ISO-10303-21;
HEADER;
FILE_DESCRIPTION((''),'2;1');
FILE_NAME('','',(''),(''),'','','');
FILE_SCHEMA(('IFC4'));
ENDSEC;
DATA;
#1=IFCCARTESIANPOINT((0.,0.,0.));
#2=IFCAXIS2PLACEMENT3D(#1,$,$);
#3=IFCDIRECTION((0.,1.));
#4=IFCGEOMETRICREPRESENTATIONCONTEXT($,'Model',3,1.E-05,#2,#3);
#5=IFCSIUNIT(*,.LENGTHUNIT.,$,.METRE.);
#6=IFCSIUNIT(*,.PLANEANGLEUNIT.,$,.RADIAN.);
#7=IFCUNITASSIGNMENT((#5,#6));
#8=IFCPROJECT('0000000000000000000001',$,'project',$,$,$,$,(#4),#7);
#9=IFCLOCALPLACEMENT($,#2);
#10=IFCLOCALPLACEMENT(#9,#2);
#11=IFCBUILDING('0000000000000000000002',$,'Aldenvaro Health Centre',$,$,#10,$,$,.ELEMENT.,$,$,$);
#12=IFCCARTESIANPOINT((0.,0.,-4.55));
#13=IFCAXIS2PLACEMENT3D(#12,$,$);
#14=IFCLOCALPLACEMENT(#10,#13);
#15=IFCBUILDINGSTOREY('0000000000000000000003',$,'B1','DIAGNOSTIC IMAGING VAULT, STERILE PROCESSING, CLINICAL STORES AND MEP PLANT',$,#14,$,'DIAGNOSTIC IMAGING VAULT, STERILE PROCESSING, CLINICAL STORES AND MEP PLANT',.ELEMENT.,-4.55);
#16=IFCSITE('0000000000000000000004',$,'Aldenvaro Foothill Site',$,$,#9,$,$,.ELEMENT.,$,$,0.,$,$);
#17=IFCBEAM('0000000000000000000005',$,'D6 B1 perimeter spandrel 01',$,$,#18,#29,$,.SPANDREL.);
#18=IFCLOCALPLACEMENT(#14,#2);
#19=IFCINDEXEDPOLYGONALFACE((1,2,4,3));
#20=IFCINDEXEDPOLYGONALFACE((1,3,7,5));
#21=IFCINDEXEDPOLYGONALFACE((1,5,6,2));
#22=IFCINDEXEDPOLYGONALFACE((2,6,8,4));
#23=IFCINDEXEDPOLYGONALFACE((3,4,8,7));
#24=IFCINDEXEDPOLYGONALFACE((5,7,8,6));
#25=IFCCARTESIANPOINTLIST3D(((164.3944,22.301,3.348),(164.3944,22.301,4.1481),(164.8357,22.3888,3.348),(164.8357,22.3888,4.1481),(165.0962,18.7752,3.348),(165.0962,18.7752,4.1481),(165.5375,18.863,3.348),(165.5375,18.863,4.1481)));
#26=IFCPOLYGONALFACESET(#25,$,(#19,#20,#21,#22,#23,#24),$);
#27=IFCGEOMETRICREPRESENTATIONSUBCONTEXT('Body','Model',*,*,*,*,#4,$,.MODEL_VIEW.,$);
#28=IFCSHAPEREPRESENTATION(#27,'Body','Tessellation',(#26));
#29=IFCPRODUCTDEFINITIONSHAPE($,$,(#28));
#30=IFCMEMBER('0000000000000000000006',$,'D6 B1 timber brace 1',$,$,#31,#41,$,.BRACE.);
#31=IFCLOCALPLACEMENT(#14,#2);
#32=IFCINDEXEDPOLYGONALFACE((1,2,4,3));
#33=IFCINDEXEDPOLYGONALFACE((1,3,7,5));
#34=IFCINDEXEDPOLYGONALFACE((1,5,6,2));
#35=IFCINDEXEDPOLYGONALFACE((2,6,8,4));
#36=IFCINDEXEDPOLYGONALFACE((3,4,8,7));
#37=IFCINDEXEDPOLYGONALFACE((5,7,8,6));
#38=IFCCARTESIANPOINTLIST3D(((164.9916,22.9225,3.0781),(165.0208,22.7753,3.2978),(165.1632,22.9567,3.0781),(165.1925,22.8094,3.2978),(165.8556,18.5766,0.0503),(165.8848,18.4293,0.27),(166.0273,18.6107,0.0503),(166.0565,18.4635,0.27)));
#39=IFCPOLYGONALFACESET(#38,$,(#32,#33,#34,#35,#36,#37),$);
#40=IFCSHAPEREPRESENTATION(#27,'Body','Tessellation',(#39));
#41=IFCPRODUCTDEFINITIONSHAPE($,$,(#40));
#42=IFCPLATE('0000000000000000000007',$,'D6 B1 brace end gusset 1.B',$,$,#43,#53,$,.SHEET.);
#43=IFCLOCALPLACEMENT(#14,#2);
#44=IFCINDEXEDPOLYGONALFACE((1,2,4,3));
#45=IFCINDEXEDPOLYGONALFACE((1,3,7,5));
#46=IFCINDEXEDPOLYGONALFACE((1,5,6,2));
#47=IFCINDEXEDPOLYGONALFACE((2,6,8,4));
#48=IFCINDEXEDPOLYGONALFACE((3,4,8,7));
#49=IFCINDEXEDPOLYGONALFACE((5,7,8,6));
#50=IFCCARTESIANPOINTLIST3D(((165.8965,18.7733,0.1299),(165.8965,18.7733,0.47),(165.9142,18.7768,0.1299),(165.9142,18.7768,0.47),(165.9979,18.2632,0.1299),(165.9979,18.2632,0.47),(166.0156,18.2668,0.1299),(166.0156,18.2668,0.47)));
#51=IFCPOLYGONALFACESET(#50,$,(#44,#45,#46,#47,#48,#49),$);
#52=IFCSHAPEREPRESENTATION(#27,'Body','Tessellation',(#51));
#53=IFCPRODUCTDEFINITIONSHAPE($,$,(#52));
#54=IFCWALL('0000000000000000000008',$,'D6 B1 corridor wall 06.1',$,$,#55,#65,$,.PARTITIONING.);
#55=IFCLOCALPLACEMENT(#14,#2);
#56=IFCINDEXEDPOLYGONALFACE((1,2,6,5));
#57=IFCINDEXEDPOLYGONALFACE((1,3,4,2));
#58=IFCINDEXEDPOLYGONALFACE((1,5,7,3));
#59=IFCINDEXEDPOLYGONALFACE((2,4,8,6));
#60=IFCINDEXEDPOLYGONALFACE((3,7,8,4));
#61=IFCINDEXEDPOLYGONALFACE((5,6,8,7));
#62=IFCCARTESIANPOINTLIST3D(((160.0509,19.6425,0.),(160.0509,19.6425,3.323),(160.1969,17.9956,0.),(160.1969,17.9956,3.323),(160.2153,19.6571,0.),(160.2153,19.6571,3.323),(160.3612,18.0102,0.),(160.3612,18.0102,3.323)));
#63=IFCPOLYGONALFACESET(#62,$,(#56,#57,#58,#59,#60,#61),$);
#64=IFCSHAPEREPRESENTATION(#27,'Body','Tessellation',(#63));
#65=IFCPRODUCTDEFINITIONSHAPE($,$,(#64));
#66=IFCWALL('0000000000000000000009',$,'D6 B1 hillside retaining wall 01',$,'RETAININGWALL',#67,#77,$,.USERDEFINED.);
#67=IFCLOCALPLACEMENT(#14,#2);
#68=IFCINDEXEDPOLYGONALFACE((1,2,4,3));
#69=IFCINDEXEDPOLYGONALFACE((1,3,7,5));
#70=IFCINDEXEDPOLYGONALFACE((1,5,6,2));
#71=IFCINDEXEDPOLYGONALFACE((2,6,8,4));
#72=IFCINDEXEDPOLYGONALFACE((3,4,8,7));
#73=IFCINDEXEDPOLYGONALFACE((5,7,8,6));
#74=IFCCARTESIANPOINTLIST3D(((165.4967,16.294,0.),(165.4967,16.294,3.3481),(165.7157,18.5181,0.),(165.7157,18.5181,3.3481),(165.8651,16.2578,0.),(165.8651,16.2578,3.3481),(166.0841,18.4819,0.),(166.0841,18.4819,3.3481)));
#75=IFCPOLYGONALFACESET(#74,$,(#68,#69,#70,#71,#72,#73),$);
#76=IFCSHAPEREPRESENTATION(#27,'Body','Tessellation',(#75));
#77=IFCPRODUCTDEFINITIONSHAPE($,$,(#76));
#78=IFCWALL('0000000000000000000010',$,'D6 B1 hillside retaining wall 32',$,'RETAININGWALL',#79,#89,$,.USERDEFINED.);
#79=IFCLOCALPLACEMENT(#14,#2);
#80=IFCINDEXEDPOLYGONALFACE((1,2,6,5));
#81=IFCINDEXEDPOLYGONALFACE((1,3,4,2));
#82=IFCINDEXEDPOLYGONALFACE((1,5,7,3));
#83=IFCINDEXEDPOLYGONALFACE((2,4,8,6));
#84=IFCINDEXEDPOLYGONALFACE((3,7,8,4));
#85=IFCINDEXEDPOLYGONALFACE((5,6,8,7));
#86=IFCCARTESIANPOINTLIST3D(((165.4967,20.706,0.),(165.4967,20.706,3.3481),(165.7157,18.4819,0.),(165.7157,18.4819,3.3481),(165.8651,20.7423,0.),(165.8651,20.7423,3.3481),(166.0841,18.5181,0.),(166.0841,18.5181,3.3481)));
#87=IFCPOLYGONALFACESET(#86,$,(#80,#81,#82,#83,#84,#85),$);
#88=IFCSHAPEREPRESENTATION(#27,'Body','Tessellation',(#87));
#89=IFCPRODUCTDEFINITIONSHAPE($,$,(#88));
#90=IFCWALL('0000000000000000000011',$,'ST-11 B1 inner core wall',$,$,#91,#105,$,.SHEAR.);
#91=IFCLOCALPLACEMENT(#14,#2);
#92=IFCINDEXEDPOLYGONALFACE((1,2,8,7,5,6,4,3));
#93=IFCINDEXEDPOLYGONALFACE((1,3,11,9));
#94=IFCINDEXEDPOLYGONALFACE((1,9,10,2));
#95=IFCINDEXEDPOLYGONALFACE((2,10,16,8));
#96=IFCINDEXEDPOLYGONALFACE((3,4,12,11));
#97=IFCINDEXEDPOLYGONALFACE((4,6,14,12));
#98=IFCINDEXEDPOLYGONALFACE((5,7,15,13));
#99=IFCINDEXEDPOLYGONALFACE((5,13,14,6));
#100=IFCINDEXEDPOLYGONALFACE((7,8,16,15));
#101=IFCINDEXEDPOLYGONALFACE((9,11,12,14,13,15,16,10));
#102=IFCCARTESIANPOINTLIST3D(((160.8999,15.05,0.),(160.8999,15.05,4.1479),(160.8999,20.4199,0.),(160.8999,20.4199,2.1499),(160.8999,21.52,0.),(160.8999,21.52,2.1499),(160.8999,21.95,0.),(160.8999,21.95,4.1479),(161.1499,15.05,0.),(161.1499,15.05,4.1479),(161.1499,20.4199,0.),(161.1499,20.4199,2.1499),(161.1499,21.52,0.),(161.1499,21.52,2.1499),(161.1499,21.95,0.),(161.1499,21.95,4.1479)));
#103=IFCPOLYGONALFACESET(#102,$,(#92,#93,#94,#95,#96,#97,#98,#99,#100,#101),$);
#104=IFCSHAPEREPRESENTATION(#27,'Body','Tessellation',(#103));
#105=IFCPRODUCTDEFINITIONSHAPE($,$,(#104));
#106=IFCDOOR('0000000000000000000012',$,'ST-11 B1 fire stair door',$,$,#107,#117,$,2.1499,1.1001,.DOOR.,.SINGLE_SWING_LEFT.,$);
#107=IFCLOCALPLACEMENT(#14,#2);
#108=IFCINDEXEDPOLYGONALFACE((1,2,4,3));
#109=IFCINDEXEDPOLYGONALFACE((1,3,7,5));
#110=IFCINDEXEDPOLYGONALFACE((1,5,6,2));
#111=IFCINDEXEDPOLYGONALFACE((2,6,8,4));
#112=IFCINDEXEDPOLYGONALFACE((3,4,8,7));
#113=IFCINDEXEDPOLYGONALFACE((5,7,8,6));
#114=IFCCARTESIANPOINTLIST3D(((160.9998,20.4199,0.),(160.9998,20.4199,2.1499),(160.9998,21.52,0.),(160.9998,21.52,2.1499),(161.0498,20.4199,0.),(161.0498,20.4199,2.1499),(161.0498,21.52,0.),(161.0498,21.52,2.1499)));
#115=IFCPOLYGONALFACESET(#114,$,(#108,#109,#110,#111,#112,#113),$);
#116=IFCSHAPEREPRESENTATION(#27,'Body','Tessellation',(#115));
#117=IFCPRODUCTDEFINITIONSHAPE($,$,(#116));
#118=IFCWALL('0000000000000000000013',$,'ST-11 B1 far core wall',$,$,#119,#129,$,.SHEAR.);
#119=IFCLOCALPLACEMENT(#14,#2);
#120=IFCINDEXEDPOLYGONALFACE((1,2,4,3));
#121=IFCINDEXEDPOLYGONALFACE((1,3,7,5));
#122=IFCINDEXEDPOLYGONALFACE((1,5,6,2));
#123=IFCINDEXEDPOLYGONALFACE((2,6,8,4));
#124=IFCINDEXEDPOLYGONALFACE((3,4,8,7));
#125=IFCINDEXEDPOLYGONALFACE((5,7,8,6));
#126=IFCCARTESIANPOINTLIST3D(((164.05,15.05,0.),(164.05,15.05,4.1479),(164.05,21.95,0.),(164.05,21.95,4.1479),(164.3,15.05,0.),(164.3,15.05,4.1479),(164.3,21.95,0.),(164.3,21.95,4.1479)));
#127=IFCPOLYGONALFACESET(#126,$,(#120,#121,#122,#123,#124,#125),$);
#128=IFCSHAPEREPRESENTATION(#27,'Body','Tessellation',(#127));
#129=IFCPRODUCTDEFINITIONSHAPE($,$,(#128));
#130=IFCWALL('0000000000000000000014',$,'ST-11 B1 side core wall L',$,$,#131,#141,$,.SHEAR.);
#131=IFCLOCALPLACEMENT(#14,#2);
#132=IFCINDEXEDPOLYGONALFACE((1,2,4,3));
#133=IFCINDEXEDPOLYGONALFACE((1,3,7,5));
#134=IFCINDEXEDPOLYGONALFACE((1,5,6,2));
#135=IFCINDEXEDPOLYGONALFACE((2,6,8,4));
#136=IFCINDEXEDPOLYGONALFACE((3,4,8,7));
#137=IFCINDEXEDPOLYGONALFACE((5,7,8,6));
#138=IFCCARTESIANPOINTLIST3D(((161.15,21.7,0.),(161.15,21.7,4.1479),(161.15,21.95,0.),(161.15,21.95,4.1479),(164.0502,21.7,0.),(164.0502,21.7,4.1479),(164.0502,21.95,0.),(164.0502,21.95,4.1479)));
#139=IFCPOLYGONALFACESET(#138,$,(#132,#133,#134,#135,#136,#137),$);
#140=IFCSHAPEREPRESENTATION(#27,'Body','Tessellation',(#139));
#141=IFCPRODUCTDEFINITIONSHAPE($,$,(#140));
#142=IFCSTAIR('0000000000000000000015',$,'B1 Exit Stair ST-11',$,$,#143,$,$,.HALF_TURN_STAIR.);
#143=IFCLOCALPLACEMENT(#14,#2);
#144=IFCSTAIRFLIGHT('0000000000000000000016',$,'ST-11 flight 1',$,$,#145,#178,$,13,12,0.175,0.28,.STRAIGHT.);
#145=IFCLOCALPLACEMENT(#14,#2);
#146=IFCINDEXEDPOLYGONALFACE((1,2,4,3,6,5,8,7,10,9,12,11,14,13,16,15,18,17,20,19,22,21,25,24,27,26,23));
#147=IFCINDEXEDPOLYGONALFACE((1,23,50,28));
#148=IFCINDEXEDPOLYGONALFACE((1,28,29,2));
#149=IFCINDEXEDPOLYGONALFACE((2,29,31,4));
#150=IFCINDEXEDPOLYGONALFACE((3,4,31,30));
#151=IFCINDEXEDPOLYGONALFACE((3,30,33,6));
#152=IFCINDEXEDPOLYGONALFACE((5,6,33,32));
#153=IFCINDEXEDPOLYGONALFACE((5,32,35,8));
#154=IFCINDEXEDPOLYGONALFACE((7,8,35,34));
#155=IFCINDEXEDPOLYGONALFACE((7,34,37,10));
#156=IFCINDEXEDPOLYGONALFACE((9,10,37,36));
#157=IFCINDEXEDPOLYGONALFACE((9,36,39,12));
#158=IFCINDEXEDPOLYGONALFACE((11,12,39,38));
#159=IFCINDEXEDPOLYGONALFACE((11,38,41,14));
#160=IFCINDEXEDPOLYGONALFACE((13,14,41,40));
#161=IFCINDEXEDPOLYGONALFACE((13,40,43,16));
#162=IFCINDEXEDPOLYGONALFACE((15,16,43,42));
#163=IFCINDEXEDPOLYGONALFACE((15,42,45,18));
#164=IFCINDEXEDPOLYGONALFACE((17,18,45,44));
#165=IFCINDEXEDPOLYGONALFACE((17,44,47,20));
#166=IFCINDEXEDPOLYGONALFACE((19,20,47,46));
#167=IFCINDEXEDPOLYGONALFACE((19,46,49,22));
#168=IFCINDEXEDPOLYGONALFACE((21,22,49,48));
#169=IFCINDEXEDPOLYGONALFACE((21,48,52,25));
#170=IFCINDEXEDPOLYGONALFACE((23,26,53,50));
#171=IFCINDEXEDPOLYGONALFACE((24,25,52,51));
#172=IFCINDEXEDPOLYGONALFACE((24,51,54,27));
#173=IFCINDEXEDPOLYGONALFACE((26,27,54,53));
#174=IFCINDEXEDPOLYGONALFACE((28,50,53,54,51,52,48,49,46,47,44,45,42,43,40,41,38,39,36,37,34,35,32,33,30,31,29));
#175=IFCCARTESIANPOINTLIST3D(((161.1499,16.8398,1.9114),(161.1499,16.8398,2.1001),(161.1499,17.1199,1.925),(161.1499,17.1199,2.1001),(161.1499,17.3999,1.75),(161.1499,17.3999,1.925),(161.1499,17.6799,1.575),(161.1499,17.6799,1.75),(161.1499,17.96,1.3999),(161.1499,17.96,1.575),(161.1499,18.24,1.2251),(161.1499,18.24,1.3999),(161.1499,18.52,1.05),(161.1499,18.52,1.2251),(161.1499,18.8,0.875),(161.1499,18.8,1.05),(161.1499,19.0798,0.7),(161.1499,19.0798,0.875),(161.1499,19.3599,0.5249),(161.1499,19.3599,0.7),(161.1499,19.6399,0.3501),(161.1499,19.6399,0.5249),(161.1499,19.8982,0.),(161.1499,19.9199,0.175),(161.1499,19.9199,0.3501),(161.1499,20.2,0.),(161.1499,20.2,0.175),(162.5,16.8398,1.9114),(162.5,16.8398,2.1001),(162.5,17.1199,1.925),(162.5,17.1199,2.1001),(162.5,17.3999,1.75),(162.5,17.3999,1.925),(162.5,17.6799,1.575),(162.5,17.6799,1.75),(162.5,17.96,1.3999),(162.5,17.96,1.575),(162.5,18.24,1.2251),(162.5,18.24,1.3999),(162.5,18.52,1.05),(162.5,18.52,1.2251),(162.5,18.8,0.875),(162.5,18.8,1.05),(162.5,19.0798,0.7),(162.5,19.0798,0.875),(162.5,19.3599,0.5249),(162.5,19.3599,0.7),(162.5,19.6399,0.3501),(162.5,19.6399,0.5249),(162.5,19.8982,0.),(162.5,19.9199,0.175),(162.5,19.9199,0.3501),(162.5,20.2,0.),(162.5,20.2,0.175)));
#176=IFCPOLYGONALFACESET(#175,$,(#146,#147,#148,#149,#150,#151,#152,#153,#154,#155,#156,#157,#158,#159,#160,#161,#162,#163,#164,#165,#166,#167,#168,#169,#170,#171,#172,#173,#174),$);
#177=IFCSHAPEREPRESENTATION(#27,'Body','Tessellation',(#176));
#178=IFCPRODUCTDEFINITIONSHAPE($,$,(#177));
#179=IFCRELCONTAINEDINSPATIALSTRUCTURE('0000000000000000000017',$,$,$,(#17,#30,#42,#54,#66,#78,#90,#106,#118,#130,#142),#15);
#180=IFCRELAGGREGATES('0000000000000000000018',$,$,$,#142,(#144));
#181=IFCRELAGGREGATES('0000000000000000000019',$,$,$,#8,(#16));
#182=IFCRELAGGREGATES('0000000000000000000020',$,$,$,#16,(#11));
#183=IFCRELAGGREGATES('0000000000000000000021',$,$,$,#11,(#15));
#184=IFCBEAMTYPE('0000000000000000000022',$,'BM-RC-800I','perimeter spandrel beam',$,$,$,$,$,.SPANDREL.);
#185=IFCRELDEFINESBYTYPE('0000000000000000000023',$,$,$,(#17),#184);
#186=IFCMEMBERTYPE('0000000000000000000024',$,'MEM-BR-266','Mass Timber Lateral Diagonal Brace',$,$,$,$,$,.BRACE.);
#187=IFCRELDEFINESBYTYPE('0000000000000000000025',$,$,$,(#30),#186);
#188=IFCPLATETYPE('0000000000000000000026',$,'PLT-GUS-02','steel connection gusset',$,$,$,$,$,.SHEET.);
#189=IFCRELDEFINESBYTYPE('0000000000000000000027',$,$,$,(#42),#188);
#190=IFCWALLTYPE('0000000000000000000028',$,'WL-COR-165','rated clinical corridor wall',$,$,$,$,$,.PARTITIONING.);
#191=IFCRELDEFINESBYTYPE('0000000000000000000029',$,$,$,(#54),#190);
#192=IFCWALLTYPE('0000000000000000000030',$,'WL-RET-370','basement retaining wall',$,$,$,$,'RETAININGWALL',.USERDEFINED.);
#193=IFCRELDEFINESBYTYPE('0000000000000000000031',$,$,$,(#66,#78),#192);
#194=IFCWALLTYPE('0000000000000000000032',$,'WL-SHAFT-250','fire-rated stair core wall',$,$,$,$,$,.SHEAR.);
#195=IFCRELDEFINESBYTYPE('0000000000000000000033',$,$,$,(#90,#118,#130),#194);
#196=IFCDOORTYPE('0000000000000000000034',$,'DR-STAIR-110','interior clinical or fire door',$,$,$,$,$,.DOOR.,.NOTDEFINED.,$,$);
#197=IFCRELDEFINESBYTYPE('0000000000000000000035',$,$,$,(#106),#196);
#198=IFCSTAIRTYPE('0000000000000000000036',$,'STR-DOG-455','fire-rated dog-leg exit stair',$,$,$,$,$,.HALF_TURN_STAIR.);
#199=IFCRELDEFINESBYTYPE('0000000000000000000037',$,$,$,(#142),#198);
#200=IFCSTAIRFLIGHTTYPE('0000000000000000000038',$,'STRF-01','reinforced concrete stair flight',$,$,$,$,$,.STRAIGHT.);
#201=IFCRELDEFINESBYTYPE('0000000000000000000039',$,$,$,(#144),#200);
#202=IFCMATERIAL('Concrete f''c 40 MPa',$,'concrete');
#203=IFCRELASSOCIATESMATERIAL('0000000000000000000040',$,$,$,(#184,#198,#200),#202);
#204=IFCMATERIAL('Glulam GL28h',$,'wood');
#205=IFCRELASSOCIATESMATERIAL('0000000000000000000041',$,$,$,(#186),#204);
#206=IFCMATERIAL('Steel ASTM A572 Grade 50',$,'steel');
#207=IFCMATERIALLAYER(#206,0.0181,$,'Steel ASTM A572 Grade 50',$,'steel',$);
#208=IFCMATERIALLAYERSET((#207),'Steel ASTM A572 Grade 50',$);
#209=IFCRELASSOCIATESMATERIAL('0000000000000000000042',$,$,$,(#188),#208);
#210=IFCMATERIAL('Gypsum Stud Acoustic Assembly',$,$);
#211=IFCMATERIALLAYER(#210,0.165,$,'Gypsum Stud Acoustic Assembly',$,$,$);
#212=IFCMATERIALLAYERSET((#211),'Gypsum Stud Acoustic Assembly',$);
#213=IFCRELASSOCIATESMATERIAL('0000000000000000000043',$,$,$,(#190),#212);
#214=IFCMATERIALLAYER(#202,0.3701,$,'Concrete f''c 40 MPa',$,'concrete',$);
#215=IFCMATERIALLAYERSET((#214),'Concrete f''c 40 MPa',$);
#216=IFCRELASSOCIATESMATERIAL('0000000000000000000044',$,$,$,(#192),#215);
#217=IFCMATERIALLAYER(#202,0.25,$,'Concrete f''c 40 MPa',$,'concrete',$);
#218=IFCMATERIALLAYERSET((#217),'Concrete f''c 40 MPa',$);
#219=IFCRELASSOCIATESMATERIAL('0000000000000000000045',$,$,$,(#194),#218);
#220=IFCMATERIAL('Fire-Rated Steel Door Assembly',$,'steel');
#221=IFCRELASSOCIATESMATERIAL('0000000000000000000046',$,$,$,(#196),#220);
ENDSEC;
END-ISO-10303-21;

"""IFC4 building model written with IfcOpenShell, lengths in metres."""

from ifc_helpers import new_model, si_unit, direction, frame, frame_2d, origin, origin_2d, place, context, subcontext, project, spatial, polyline, rectangle, outline, extrude, material, layer, layer_set, material_profile, profile_set, type_object, element, fill, aggregate, save


model = new_model("IFC4")

# Units and contexts
model_context = context("Model", 3, precision=1e-05, world=origin(), true_north=direction((0.0, 1.0)))
body_context = subcontext(model_context, "Body", "Model", "MODEL_VIEW")
ifc_project = project(units=[si_unit("LENGTHUNIT", "METRE"), si_unit("PLANEANGLEUNIT", "RADIAN")], contexts=[model_context])

# Site, building, storey
site_placement = place(None, origin())
site = spatial("IfcSite", under=ifc_project, at=site_placement, Name="Aldenvaro Foothill Site", CompositionType="ELEMENT", RefElevation=0.0)
building_placement = place(site_placement, origin())
building = spatial("IfcBuilding", under=site, at=building_placement, Name="Aldenvaro Health Centre", CompositionType="ELEMENT")
storey_placement = place(building_placement, frame((0.0, 0.0, -4.55)))
storey = spatial("IfcBuildingStorey", under=building, at=storey_placement, Name="B1", Description="DIAGNOSTIC IMAGING VAULT, STERILE PROCESSING, CLINICAL STORES AND MEP PLANT", LongName="DIAGNOSTIC IMAGING VAULT, STERILE PROCESSING, CLINICAL STORES AND MEP PLANT", CompositionType="ELEMENT", Elevation=-4.55)

# Shared definitions
ifc_material_1 = material(Name="Concrete f'c 40 MPa", Category="concrete")

# Beam
ifc_material_profile_1 = material_profile(ifc_material_1, rectangle(XDim=0.45, YDim=0.8, at=origin_2d()), Name="RC 450x800", Category="concrete")
ifc_profile_set_1 = profile_set([ifc_material_profile_1], Name="Concrete f'c 40 MPa")
beam_type_1 = type_object("IfcBeamType", Name="BM-RC-800I", Description="perimeter spandrel beam", PredefinedType="SPANDREL", material=ifc_profile_set_1)
beam_1_placement = place(storey_placement, frame((165.3169, 18.8191, 3.748), z_axis=(-0.195241, 0.980755, 0.0), x_axis=(-0.980755, -0.195241, 0.0)))
element("IfcBeam", 1, at=beam_1_placement, inside=storey, type_object=beam_type_1, Name="D6 B1 perimeter spandrel 01", PredefinedType="SPANDREL", context=body_context, shape_type="SweptSolid", body=[
    extrude(rectangle(XDim=0.45, YDim=0.8, at=origin_2d()), origin(), (0.0, 0.0, 1.0), 3.595),
])

# Member
ifc_material_2 = material(Name="Glulam GL28h", Category="wood")
ifc_material_profile_2 = material_profile(ifc_material_2, rectangle(XDim=0.175, YDim=0.2661, at=origin_2d()), Name="GL 175x266", Category="wood")
ifc_profile_set_2 = profile_set([ifc_material_profile_2], Name="Glulam GL28h")
member_type = type_object("IfcMemberType", Name="MEM-BR-266", Description="Mass Timber Lateral Diagonal Brace", PredefinedType="BRACE", material=ifc_profile_set_2)
member_placement = place(storey_placement, frame((165.9561, 18.52, 0.1602), z_axis=(-0.160995, 0.809798, 0.564188), x_axis=(-0.980805, -0.194993, 0.0)))
element("IfcMember", 2, at=member_placement, inside=storey, type_object=member_type, Name="D6 B1 timber brace 1", PredefinedType="BRACE", context=body_context, shape_type="SweptSolid", body=[
    extrude(rectangle(XDim=0.175, YDim=0.2661, at=origin_2d()), origin(), (0.0, 0.0, 1.0), 5.3667),
])

# Plate
ifc_material_3 = material(Name="Steel ASTM A572 Grade 50", Category="steel")
ifc_layer_1 = layer(ifc_material_3, 0.0181, Name="Steel ASTM A572 Grade 50", Category="steel")
ifc_layer_set_1 = layer_set([ifc_layer_1], Name="Steel ASTM A572 Grade 50")
plate_type = type_object("IfcPlateType", Name="PLT-GUS-02", Description="steel connection gusset", PredefinedType="SHEET", material=ifc_layer_set_1)
plate_placement = place(storey_placement, frame((165.9561, 18.52, 0.1299), z_axis=(0.0, 0.0, 1.0), x_axis=(-0.194988, 0.980806, 0.0)))
element("IfcPlate", 3, at=plate_placement, inside=storey, type_object=plate_type, Name="D6 B1 brace end gusset 1.B", PredefinedType="SHEET", context=body_context, shape_type="SweptSolid", body=[
    extrude(rectangle(XDim=0.52, YDim=0.0181, at=origin_2d()), origin(), (0.0, 0.0, 1.0), 0.3401),
])

# Walls
ifc_material_4 = material(Name="Gypsum Stud Acoustic Assembly")
ifc_layer_2 = layer(ifc_material_4, 0.165, Name="Gypsum Stud Acoustic Assembly")
ifc_layer_set_2 = layer_set([ifc_layer_2], Name="Gypsum Stud Acoustic Assembly")
wall_type_1 = type_object("IfcWallType", Name="WL-COR-165", Description="rated clinical corridor wall", PredefinedType="PARTITIONING", material=ifc_layer_set_2)
wall_1_placement = place(storey_placement, frame((160.2791, 18.0029, 0.0), z_axis=(0.0, 0.0, 1.0), x_axis=(-0.088299, 0.996094, 0.0)))
element("IfcWall", 4, at=wall_1_placement, inside=storey, type_object=wall_type_1, Name="D6 B1 corridor wall 06.1", PredefinedType="PARTITIONING", context=body_context, shape_type="SweptSolid", body=[
    extrude(rectangle(XDim=1.6533, YDim=0.165, at=frame_2d((0.8267, 0.0))), origin(), (0.0, 0.0, 1.0), 3.323),
])
ifc_layer_3 = layer(ifc_material_1, 0.3701, Name="Concrete f'c 40 MPa", Category="concrete")
ifc_layer_set_3 = layer_set([ifc_layer_3], Name="Concrete f'c 40 MPa")
wall_type_2 = type_object("IfcWallType", Name="WL-RET-370", Description="basement retaining wall", ElementType="RETAININGWALL", PredefinedType="USERDEFINED", material=ifc_layer_set_3)
for number, where, z_axis, x_axis, name in (
    (5, (165.8999, 18.5, 0.0), (0.0, 0.0, 1.0), (-0.097989, -0.995187, 0.0), "D6 B1 hillside retaining wall 01"),
    (6, (165.6809, 20.7241, 0.0), (0.0, 0.0, 1.0), (0.097989, -0.995187, 0.0), "D6 B1 hillside retaining wall 32"),
):
    element("IfcWall", number, at=place(storey_placement, frame(where, z_axis=z_axis, x_axis=x_axis)), inside=storey, type_object=wall_type_2, Name=name, ObjectType="RETAININGWALL", PredefinedType="USERDEFINED", context=body_context, shape_type="SweptSolid", body=[
        extrude(rectangle(XDim=2.2349, YDim=0.3701, at=frame_2d((1.1174, 0.0))), origin(), (0.0, 0.0, 1.0), 3.3481),
    ])

# Wall, opening, door
ifc_layer_4 = layer(ifc_material_1, 0.25, Name="Concrete f'c 40 MPa", Category="concrete")
ifc_layer_set_4 = layer_set([ifc_layer_4], Name="Concrete f'c 40 MPa")
wall_type_3 = type_object("IfcWallType", Name="WL-SHAFT-250", Description="fire-rated stair core wall", PredefinedType="SHEAR", material=ifc_layer_set_4)
wall_2_placement = place(storey_placement, frame((161.0249, 21.95, 0.0), z_axis=(0.0, 0.0, 1.0), x_axis=(0.0, -1.0, 0.0)))
wall_2 = element("IfcWall", 7, at=wall_2_placement, inside=storey, type_object=wall_type_3, Name="ST-11 B1 inner core wall", PredefinedType="SHEAR", context=body_context, shape_type="SweptSolid", body=[
    extrude(rectangle(XDim=6.8999, YDim=0.25, at=frame_2d((3.45, 0.0))), origin(), (0.0, 0.0, 1.0), 4.1479),
])
opening_placement = place(wall_2_placement, frame((0.4299, 0.0, 0.0)))
opening = element("IfcOpeningElement", 8, at=opening_placement, cuts=wall_2, PredefinedType="OPENING", context=body_context, shape_type="SweptSolid", body=[
    extrude(rectangle(XDim=1.1001, YDim=2.1499, at=frame_2d((0.55, 1.075))), frame((0.0, 0.135, 0.0), z_axis=(0.0, -1.0, 0.0), x_axis=(1.0, 0.0, 0.0)), (0.0, 0.0, 1.0), 0.27),
])
ifc_material_5 = material(Name="Fire-Rated Steel Door Assembly", Category="steel")
door_type = type_object("IfcDoorType", Name="DR-STAIR-110", Description="interior clinical or fire door", OperationType="NOTDEFINED", PredefinedType="DOOR", material=ifc_material_5)
door_placement = place(opening_placement, origin())
door = element("IfcDoor", 9, at=door_placement, inside=storey, type_object=door_type, Name="ST-11 B1 fire stair door", OperationType="SINGLE_SWING_LEFT", OverallHeight=2.1499, OverallWidth=1.1001, PredefinedType="DOOR", context=body_context, shape_type="SweptSolid", body=[
    extrude(rectangle(XDim=1.1001, YDim=2.1499, at=frame_2d((0.55, 1.075))), frame((0.0, 0.0249, 0.0), z_axis=(0.0, -1.0, 0.0), x_axis=(1.0, 0.0, 0.0)), (0.0, 0.0, 1.0), 0.05),
])
fill(opening, door)

# Walls
wall_3_placement = place(storey_placement, frame((164.175, 21.95, 0.0), z_axis=(0.0, 0.0, 1.0), x_axis=(0.0, -1.0, 0.0)))
element("IfcWall", 10, at=wall_3_placement, inside=storey, type_object=wall_type_3, Name="ST-11 B1 far core wall", PredefinedType="SHEAR", context=body_context, shape_type="SweptSolid", body=[
    extrude(rectangle(XDim=6.8999, YDim=0.25, at=frame_2d((3.45, 0.0))), origin(), (0.0, 0.0, 1.0), 4.1479),
])
wall_4_placement = place(storey_placement, frame((161.1499, 21.825, 0.0), z_axis=(0.0, 0.0, 1.0), x_axis=(1.0, 0.0, 0.0)))
element("IfcWall", 11, at=wall_4_placement, inside=storey, type_object=wall_type_3, Name="ST-11 B1 side core wall L", PredefinedType="SHEAR", context=body_context, shape_type="SweptSolid", body=[
    extrude(rectangle(XDim=2.9001, YDim=0.25, at=frame_2d((1.4502, 0.0))), origin(), (0.0, 0.0, 1.0), 4.1479),
])

# Stair, stair flight
stair_type = type_object("IfcStairType", Name="STR-DOG-455", Description="fire-rated dog-leg exit stair", PredefinedType="HALF_TURN_STAIR", material=ifc_material_1)
stair_placement = place(storey_placement, origin())
stair = element("IfcStair", 12, at=stair_placement, inside=storey, type_object=stair_type, Name="B1 Exit Stair ST-11", PredefinedType="HALF_TURN_STAIR")
stair_flight_type = type_object("IfcStairFlightType", Name="STRF-01", Description="reinforced concrete stair flight", PredefinedType="STRAIGHT", material=ifc_material_1)
stair_flight_1_placement = place(storey_placement, frame((161.825, 20.2, 0.0), z_axis=(0.0, 0.0, 1.0), x_axis=(0.0, -1.0, 0.0)))
stair_flight_1 = element("IfcStairFlight", 13, at=stair_flight_1_placement, type_object=stair_flight_type, Name="ST-11 flight 1", NumberOfRisers=13, NumberOfTreads=12, PredefinedType="STRAIGHT", RiserHeight=0.175, TreadLength=0.28, context=body_context, shape_type="SweptSolid", body=[
    extrude(outline(polyline([(0.0, 0.0), (0.0, 0.175), (0.28, 0.175), (0.28, 0.3501), (0.5601, 0.3501), (0.5601, 0.5249), (0.8401, 0.5249), (0.8401, 0.7), (1.1201, 0.7), (1.1201, 0.875), (1.3999, 0.875), (1.3999, 1.05), (1.6799, 1.05), (1.6799, 1.2251), (1.96, 1.2251), (1.96, 1.3999), (2.24, 1.3999), (2.24, 1.575), (2.52, 1.575), (2.52, 1.75), (2.8, 1.75), (2.8, 1.925), (3.0801, 1.925), (3.0801, 2.1001), (3.3601, 2.1001), (3.3601, 2.2749), (3.3601, 1.9114), (0.3018, 0.0), (0.0, 0.0)])), frame((0.0, 0.675, 0.0), z_axis=(0.0, -1.0, 0.0), x_axis=(1.0, 0.0, 0.0)), (0.0, 0.0, 1.0), 1.3501),
])
aggregate(stair, [stair_flight_1])

save(model, "model.ifc")
